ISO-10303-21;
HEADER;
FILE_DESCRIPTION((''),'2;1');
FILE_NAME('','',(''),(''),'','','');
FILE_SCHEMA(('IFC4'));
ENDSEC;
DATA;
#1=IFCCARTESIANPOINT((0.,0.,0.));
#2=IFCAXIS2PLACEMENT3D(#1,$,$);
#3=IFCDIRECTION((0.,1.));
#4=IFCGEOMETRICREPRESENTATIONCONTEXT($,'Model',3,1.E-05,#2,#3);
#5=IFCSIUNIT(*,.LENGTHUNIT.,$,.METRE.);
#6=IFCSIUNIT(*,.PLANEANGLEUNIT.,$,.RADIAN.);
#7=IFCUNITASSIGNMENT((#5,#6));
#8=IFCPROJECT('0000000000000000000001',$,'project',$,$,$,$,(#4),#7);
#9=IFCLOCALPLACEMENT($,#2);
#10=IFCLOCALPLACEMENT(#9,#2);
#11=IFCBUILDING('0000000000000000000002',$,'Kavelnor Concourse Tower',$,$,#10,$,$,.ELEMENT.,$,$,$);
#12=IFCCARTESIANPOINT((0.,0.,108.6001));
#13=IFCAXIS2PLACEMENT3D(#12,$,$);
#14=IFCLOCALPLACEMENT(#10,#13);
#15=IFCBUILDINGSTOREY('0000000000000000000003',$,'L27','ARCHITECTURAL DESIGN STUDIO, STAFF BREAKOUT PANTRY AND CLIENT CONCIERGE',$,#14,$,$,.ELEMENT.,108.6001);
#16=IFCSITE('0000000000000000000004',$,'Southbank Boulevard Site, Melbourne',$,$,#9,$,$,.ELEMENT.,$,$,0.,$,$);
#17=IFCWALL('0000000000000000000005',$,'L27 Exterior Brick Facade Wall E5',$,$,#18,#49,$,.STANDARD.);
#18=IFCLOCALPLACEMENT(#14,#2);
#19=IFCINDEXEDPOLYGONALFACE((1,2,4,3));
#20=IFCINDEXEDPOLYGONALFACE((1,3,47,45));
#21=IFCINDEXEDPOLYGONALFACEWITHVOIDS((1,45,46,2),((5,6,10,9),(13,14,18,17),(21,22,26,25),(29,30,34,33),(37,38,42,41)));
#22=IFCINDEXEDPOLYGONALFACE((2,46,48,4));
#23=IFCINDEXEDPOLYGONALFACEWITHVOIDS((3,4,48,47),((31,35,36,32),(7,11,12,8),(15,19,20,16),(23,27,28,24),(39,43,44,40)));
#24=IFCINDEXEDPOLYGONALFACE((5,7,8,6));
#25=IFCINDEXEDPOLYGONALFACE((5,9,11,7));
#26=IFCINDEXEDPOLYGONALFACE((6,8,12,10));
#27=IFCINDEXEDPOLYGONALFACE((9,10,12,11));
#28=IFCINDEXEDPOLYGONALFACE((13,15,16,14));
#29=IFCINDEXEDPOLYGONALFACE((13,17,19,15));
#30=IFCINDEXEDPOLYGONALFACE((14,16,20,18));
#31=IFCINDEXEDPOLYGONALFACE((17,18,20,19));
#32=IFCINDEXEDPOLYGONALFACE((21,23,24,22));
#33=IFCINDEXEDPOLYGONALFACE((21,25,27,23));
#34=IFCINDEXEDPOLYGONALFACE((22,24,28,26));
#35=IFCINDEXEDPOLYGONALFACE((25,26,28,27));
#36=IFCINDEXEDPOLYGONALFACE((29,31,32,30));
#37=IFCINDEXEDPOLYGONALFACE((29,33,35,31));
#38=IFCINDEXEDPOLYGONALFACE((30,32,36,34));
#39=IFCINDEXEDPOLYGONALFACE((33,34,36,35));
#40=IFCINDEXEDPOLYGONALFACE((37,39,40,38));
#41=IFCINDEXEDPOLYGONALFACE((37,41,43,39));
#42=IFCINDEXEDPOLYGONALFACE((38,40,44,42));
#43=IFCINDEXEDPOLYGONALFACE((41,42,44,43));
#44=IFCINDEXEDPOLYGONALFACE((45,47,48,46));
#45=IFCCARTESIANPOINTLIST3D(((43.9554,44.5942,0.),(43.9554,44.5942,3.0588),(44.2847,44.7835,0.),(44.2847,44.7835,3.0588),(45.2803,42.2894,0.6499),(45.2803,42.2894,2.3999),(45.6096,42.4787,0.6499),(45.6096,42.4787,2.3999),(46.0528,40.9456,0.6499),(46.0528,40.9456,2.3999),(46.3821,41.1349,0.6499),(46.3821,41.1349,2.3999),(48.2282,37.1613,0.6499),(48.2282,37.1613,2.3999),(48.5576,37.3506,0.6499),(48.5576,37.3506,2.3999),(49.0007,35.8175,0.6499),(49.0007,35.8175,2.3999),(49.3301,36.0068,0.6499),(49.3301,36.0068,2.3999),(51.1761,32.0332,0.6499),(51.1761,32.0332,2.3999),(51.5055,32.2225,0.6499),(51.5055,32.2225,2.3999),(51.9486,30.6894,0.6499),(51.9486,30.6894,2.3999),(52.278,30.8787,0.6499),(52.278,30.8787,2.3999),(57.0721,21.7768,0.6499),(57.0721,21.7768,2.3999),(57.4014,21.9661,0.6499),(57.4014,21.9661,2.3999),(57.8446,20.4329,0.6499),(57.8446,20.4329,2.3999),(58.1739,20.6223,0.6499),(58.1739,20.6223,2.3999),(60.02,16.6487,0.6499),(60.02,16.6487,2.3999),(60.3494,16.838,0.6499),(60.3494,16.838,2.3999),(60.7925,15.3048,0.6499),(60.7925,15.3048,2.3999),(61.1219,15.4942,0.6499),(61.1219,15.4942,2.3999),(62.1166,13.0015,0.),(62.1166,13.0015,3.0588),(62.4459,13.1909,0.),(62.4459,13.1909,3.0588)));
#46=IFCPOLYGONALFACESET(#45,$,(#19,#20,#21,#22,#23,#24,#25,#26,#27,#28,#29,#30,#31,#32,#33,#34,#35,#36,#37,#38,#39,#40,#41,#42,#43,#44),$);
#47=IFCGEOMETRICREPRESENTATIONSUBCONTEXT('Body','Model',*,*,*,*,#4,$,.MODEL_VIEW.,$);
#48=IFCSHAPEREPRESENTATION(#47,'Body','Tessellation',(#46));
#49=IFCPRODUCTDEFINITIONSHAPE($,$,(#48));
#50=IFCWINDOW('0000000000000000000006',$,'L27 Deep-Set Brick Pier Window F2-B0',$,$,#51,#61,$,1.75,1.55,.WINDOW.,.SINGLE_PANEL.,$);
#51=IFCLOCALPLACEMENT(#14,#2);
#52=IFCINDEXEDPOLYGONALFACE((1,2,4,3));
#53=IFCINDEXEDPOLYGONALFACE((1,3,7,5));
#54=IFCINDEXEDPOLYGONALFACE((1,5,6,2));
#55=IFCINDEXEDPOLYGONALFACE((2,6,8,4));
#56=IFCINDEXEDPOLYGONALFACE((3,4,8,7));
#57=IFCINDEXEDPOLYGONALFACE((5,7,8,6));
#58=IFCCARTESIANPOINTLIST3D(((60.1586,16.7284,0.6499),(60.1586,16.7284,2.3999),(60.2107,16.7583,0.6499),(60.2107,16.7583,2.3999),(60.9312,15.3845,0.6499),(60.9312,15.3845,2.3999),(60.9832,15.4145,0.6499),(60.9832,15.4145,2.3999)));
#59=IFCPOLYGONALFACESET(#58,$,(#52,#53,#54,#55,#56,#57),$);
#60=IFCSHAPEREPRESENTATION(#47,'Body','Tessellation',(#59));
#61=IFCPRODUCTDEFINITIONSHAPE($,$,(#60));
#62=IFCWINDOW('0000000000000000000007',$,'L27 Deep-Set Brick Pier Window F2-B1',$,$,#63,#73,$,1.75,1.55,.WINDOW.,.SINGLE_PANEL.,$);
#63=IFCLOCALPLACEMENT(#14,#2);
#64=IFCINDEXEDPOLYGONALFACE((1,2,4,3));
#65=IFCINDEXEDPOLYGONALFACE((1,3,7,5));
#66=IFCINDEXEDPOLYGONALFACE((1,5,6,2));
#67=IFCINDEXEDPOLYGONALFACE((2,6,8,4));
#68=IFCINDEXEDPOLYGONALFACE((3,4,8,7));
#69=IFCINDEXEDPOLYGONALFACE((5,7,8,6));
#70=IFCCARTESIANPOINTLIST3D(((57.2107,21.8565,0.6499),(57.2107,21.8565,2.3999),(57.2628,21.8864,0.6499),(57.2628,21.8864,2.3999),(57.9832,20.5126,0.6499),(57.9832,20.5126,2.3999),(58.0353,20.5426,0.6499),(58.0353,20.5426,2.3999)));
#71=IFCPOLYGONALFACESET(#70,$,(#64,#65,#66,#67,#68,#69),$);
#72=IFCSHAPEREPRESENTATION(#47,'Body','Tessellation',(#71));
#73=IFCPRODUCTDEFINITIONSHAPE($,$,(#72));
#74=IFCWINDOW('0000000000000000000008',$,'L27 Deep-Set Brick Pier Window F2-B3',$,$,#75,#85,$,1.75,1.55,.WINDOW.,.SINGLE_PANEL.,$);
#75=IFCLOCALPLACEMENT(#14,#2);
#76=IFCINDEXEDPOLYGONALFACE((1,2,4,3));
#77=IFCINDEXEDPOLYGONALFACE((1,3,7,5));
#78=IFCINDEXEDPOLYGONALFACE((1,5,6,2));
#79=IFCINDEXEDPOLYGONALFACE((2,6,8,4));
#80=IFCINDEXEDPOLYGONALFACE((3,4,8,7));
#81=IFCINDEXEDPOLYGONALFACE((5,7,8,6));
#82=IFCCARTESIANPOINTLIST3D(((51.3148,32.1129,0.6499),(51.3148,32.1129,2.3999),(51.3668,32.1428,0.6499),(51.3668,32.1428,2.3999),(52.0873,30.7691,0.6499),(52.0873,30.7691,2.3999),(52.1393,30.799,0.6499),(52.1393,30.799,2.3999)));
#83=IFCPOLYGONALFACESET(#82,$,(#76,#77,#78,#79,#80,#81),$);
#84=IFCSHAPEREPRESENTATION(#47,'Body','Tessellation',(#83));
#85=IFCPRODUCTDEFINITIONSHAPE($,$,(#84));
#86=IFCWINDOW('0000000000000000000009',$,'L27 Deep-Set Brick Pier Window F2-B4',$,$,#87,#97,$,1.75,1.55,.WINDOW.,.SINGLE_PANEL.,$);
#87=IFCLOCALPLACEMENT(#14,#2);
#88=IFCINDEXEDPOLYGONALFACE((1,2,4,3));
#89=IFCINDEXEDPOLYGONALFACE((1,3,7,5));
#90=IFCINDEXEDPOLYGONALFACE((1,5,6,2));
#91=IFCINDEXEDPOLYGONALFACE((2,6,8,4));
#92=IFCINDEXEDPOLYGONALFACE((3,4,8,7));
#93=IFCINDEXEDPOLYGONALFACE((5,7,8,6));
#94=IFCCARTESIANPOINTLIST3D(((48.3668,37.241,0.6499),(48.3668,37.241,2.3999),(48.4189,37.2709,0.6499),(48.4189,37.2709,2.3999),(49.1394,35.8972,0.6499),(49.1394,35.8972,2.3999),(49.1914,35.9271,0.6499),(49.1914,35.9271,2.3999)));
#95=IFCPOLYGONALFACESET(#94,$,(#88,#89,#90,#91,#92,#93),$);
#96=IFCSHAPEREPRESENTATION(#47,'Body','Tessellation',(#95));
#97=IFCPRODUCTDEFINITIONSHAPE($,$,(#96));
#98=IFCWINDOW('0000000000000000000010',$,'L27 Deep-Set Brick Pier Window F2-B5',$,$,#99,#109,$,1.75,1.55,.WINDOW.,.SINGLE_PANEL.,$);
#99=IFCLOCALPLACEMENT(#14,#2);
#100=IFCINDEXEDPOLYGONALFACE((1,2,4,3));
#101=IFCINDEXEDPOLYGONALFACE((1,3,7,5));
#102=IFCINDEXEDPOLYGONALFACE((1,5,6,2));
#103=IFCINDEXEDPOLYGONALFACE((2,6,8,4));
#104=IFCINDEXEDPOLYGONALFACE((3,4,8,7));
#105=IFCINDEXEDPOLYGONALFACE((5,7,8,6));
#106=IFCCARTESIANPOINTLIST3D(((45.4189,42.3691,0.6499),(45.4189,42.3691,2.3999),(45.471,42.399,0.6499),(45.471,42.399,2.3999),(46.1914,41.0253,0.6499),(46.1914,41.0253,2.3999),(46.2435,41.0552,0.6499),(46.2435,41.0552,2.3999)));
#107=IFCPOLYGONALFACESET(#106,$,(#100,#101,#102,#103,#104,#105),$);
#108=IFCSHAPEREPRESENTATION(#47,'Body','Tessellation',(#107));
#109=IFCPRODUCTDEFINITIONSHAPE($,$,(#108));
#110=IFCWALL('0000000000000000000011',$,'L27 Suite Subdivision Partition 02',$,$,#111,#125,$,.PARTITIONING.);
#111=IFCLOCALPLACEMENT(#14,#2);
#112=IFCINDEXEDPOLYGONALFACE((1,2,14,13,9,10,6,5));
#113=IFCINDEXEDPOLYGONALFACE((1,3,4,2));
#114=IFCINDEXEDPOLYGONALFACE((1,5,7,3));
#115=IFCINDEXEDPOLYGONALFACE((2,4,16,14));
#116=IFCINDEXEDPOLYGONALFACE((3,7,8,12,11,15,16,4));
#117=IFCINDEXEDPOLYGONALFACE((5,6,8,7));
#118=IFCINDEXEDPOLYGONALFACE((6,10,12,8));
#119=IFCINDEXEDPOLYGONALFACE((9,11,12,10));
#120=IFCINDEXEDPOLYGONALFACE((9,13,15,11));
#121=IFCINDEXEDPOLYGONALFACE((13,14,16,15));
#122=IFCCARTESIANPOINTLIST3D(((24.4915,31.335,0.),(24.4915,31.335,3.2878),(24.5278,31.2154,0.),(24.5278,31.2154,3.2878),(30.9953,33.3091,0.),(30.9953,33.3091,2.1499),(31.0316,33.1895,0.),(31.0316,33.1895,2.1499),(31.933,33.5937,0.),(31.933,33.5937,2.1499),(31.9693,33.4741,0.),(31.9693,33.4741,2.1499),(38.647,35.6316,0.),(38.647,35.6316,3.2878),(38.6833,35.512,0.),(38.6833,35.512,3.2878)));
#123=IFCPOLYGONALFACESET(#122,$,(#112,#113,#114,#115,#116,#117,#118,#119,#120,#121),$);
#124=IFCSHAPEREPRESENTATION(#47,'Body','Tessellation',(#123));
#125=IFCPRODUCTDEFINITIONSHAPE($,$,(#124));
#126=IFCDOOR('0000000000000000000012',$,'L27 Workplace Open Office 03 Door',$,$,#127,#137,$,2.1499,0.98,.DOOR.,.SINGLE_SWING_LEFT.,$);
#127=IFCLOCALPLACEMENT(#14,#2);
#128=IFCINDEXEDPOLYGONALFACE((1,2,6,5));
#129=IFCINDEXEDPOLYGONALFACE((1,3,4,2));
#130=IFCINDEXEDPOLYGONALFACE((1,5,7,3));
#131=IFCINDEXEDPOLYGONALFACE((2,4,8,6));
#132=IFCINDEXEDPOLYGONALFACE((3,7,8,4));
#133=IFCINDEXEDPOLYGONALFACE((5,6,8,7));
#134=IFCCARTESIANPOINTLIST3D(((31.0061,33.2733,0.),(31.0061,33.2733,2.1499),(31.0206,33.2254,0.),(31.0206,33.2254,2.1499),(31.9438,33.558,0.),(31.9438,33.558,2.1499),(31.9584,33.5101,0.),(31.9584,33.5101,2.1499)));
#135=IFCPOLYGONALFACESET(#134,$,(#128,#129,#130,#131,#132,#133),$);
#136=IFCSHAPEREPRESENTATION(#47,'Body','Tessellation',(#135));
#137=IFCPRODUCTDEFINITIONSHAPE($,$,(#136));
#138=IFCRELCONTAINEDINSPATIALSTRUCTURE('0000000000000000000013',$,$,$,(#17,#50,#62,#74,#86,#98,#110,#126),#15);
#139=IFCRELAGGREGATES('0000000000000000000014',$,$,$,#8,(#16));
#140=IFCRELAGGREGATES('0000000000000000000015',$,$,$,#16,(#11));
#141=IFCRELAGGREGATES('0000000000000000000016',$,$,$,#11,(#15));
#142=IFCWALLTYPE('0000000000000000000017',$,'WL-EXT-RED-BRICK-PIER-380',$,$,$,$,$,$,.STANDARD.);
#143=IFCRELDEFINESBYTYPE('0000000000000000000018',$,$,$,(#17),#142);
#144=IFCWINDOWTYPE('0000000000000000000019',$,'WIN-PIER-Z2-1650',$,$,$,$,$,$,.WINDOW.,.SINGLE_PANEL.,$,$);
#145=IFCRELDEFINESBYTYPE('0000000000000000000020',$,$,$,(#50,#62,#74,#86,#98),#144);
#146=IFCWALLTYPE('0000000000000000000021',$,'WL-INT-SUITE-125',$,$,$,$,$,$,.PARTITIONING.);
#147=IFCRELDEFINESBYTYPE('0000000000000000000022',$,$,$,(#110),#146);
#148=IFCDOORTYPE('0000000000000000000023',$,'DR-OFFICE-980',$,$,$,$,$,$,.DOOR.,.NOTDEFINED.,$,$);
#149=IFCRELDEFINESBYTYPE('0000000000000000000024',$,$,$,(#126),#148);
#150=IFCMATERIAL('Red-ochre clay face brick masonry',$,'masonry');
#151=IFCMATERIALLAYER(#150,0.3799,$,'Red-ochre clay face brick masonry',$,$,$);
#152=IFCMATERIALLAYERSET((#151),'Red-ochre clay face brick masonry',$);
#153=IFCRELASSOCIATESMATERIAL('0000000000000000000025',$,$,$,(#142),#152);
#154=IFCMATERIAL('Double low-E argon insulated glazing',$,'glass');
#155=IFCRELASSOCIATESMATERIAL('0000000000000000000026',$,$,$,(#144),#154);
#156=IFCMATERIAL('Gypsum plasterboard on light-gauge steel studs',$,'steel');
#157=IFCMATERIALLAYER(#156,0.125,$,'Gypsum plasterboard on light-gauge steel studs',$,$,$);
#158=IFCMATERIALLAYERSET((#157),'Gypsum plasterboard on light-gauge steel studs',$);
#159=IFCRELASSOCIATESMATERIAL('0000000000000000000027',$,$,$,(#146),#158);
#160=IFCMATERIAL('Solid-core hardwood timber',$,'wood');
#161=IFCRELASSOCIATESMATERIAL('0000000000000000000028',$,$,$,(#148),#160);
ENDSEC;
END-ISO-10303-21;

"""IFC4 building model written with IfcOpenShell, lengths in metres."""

from ifc_helpers import new_model, si_unit, direction, frame, frame_2d, origin, place, context, subcontext, project, spatial, rectangle, extrude, material, layer, layer_set, type_object, element, fill, save


model = new_model("IFC4")

# Units and contexts
model_context = context("Model", 3, precision=1e-05, world=origin(), true_north=direction((0.0, 1.0)))
body_context = subcontext(model_context, "Body", "Model", "MODEL_VIEW")
ifc_project = project(units=[si_unit("LENGTHUNIT", "METRE"), si_unit("PLANEANGLEUNIT", "RADIAN")], contexts=[model_context])

# Site, building, storey
site_placement = place(None, origin())
site = spatial("IfcSite", under=ifc_project, at=site_placement, Name="Southbank Boulevard Site, Melbourne", CompositionType="ELEMENT", RefElevation=0.0)
building_placement = place(site_placement, origin())
building = spatial("IfcBuilding", under=site, at=building_placement, Name="Kavelnor Concourse Tower", CompositionType="ELEMENT")
storey_placement = place(building_placement, frame((0.0, 0.0, 108.6001)))
storey = spatial("IfcBuildingStorey", under=building, at=storey_placement, Name="L27", Description="ARCHITECTURAL DESIGN STUDIO, STAFF BREAKOUT PANTRY AND CLIENT CONCIERGE", CompositionType="ELEMENT", Elevation=108.6001)

# Wall, openings, windows
ifc_material_1 = material(Name="Red-ochre clay face brick masonry", Category="masonry")
ifc_layer_1 = layer(ifc_material_1, 0.3799, Name="Red-ochre clay face brick masonry")
ifc_layer_set_1 = layer_set([ifc_layer_1], Name="Red-ochre clay face brick masonry")
wall_type_1 = type_object("IfcWallType", Name="WL-EXT-RED-BRICK-PIER-380", PredefinedType="STANDARD", material=ifc_layer_set_1)
wall_1_placement = place(storey_placement, frame((44.1201, 44.6887, 0.0), z_axis=(0.0, 0.0, 1.0), x_axis=(0.498377, -0.866961, 0.0)))
wall_1 = element("IfcWall", 1, at=wall_1_placement, inside=storey, type_object=wall_type_1, Name="L27 Exterior Brick Facade Wall E5", PredefinedType="STANDARD", context=body_context, shape_type="SweptSolid", body=[
    extrude(rectangle(XDim=36.4407, YDim=0.3799, at=frame_2d((18.2202, 0.0))), origin(), (0.0, 0.0, 1.0), 3.0588),
])
opening_1_placement = place(wall_1_placement, frame((32.2339, 0.0, 0.6499)))
opening_1 = element("IfcOpeningElement", 2, at=opening_1_placement, cuts=wall_1, PredefinedType="OPENING", context=body_context, shape_type="SweptSolid", body=[
    extrude(rectangle(XDim=1.55, YDim=1.75, at=frame_2d((0.7749, 0.875))), frame((0.0, 0.2, 0.0), z_axis=(0.0, -1.0, 0.0), x_axis=(1.0, 0.0, 0.0)), (0.0, 0.0, 1.0), 0.3999),
])
opening_2_placement = place(wall_1_placement, frame((26.3188, 0.0, 0.6499)))
opening_2 = element("IfcOpeningElement", 3, at=opening_2_placement, cuts=wall_1, PredefinedType="OPENING", context=body_context, shape_type="SweptSolid", body=[
    extrude(rectangle(XDim=1.55, YDim=1.75, at=frame_2d((0.7749, 0.875))), frame((0.0, 0.2, 0.0), z_axis=(0.0, -1.0, 0.0), x_axis=(1.0, 0.0, 0.0)), (0.0, 0.0, 1.0), 0.3999),
])
opening_3_placement = place(wall_1_placement, frame((14.4885, 0.0, 0.6499)))
opening_3 = element("IfcOpeningElement", 4, at=opening_3_placement, cuts=wall_1, PredefinedType="OPENING", context=body_context, shape_type="SweptSolid", body=[
    extrude(rectangle(XDim=1.55, YDim=1.75, at=frame_2d((0.7749, 0.875))), frame((0.0, 0.2, 0.0), z_axis=(0.0, -1.0, 0.0), x_axis=(1.0, 0.0, 0.0)), (0.0, 0.0, 1.0), 0.3999),
])
opening_4_placement = place(wall_1_placement, frame((8.5735, 0.0, 0.6499)))
opening_4 = element("IfcOpeningElement", 5, at=opening_4_placement, cuts=wall_1, PredefinedType="OPENING", context=body_context, shape_type="SweptSolid", body=[
    extrude(rectangle(XDim=1.55, YDim=1.75, at=frame_2d((0.7749, 0.875))), frame((0.0, 0.2, 0.0), z_axis=(0.0, -1.0, 0.0), x_axis=(1.0, 0.0, 0.0)), (0.0, 0.0, 1.0), 0.3999),
])
opening_5_placement = place(wall_1_placement, frame((2.6584, 0.0, 0.6499)))
opening_5 = element("IfcOpeningElement", 6, at=opening_5_placement, cuts=wall_1, PredefinedType="OPENING", context=body_context, shape_type="SweptSolid", body=[
    extrude(rectangle(XDim=1.55, YDim=1.75, at=frame_2d((0.7749, 0.875))), frame((0.0, 0.2, 0.0), z_axis=(0.0, -1.0, 0.0), x_axis=(1.0, 0.0, 0.0)), (0.0, 0.0, 1.0), 0.3999),
])
ifc_material_2 = material(Name="Double low-E argon insulated glazing", Category="glass")
window_type = type_object("IfcWindowType", Name="WIN-PIER-Z2-1650", PartitioningType="SINGLE_PANEL", PredefinedType="WINDOW", material=ifc_material_2)
window_1_placement = place(opening_1_placement, origin())
window_1 = element("IfcWindow", 7, at=window_1_placement, inside=storey, type_object=window_type, Name="L27 Deep-Set Brick Pier Window F2-B0", OverallHeight=1.75, OverallWidth=1.55, PartitioningType="SINGLE_PANEL", PredefinedType="WINDOW", context=body_context, shape_type="SweptSolid", body=[
    extrude(rectangle(XDim=1.55, YDim=1.75, at=frame_2d((0.7749, 0.875))), frame((0.0, 0.03, 0.0), z_axis=(0.0, -1.0, 0.0), x_axis=(1.0, 0.0, 0.0)), (0.0, 0.0, 1.0), 0.0601),
])
fill(opening_1, window_1)
window_2_placement = place(opening_2_placement, origin())
window_2 = element("IfcWindow", 8, at=window_2_placement, inside=storey, type_object=window_type, Name="L27 Deep-Set Brick Pier Window F2-B1", OverallHeight=1.75, OverallWidth=1.55, PartitioningType="SINGLE_PANEL", PredefinedType="WINDOW", context=body_context, shape_type="SweptSolid", body=[
    extrude(rectangle(XDim=1.55, YDim=1.75, at=frame_2d((0.7749, 0.875))), frame((0.0, 0.03, 0.0), z_axis=(0.0, -1.0, 0.0), x_axis=(1.0, 0.0, 0.0)), (0.0, 0.0, 1.0), 0.0601),
])
fill(opening_2, window_2)
window_3_placement = place(opening_3_placement, origin())
window_3 = element("IfcWindow", 9, at=window_3_placement, inside=storey, type_object=window_type, Name="L27 Deep-Set Brick Pier Window F2-B3", OverallHeight=1.75, OverallWidth=1.55, PartitioningType="SINGLE_PANEL", PredefinedType="WINDOW", context=body_context, shape_type="SweptSolid", body=[
    extrude(rectangle(XDim=1.55, YDim=1.75, at=frame_2d((0.7749, 0.875))), frame((0.0, 0.03, 0.0), z_axis=(0.0, -1.0, 0.0), x_axis=(1.0, 0.0, 0.0)), (0.0, 0.0, 1.0), 0.0601),
])
fill(opening_3, window_3)
window_4_placement = place(opening_4_placement, origin())
window_4 = element("IfcWindow", 10, at=window_4_placement, inside=storey, type_object=window_type, Name="L27 Deep-Set Brick Pier Window F2-B4", OverallHeight=1.75, OverallWidth=1.55, PartitioningType="SINGLE_PANEL", PredefinedType="WINDOW", context=body_context, shape_type="SweptSolid", body=[
    extrude(rectangle(XDim=1.55, YDim=1.75, at=frame_2d((0.7749, 0.875))), frame((0.0, 0.03, 0.0), z_axis=(0.0, -1.0, 0.0), x_axis=(1.0, 0.0, 0.0)), (0.0, 0.0, 1.0), 0.0601),
])
fill(opening_4, window_4)
window_5_placement = place(opening_5_placement, origin())
window_5 = element("IfcWindow", 11, at=window_5_placement, inside=storey, type_object=window_type, Name="L27 Deep-Set Brick Pier Window F2-B5", OverallHeight=1.75, OverallWidth=1.55, PartitioningType="SINGLE_PANEL", PredefinedType="WINDOW", context=body_context, shape_type="SweptSolid", body=[
    extrude(rectangle(XDim=1.55, YDim=1.75, at=frame_2d((0.7749, 0.875))), frame((0.0, 0.03, 0.0), z_axis=(0.0, -1.0, 0.0), x_axis=(1.0, 0.0, 0.0)), (0.0, 0.0, 1.0), 0.0601),
])
fill(opening_5, window_5)

# Wall, opening, door
ifc_material_3 = material(Name="Gypsum plasterboard on light-gauge steel studs", Category="steel")
ifc_layer_2 = layer(ifc_material_3, 0.125, Name="Gypsum plasterboard on light-gauge steel studs")
ifc_layer_set_2 = layer_set([ifc_layer_2], Name="Gypsum plasterboard on light-gauge steel studs")
wall_type_2 = type_object("IfcWallType", Name="WL-INT-SUITE-125", PredefinedType="PARTITIONING", material=ifc_layer_set_2)
wall_2_placement = place(storey_placement, frame((38.665, 35.5718, 0.0), z_axis=(0.0, 0.0, 1.0), x_axis=(-0.956891, -0.290446, 0.0)))
wall_2 = element("IfcWall", 12, at=wall_2_placement, inside=storey, type_object=wall_type_2, Name="L27 Suite Subdivision Partition 02", PredefinedType="PARTITIONING", context=body_context, shape_type="SweptSolid", body=[
    extrude(rectangle(XDim=14.7932, YDim=0.125, at=frame_2d((7.3965, 0.0))), origin(), (0.0, 0.0, 1.0), 3.2878),
])
opening_6_placement = place(wall_2_placement, frame((7.0164, 0.0, 0.0)))
opening_6 = element("IfcOpeningElement", 13, at=opening_6_placement, cuts=wall_2, PredefinedType="OPENING", context=body_context, shape_type="SweptSolid", body=[
    extrude(rectangle(XDim=0.98, YDim=2.1499, at=frame_2d((0.49, 1.075))), frame((0.0, 0.0725, 0.0), z_axis=(0.0, -1.0, 0.0), x_axis=(1.0, 0.0, 0.0)), (0.0, 0.0, 1.0), 0.145),
])
ifc_material_4 = material(Name="Solid-core hardwood timber", Category="wood")
door_type = type_object("IfcDoorType", Name="DR-OFFICE-980", OperationType="NOTDEFINED", PredefinedType="DOOR", material=ifc_material_4)
door_placement = place(opening_6_placement, origin())
door = element("IfcDoor", 14, at=door_placement, inside=storey, type_object=door_type, Name="L27 Workplace Open Office 03 Door", OperationType="SINGLE_SWING_LEFT", OverallHeight=2.1499, OverallWidth=0.98, PredefinedType="DOOR", context=body_context, shape_type="SweptSolid", body=[
    extrude(rectangle(XDim=0.98, YDim=2.1499, at=frame_2d((0.49, 1.075))), frame((0.0, 0.0249, 0.0), z_axis=(0.0, -1.0, 0.0), x_axis=(1.0, 0.0, 0.0)), (0.0, 0.0, 1.0), 0.05),
])
fill(opening_6, door)

save(model, "model.ifc")
